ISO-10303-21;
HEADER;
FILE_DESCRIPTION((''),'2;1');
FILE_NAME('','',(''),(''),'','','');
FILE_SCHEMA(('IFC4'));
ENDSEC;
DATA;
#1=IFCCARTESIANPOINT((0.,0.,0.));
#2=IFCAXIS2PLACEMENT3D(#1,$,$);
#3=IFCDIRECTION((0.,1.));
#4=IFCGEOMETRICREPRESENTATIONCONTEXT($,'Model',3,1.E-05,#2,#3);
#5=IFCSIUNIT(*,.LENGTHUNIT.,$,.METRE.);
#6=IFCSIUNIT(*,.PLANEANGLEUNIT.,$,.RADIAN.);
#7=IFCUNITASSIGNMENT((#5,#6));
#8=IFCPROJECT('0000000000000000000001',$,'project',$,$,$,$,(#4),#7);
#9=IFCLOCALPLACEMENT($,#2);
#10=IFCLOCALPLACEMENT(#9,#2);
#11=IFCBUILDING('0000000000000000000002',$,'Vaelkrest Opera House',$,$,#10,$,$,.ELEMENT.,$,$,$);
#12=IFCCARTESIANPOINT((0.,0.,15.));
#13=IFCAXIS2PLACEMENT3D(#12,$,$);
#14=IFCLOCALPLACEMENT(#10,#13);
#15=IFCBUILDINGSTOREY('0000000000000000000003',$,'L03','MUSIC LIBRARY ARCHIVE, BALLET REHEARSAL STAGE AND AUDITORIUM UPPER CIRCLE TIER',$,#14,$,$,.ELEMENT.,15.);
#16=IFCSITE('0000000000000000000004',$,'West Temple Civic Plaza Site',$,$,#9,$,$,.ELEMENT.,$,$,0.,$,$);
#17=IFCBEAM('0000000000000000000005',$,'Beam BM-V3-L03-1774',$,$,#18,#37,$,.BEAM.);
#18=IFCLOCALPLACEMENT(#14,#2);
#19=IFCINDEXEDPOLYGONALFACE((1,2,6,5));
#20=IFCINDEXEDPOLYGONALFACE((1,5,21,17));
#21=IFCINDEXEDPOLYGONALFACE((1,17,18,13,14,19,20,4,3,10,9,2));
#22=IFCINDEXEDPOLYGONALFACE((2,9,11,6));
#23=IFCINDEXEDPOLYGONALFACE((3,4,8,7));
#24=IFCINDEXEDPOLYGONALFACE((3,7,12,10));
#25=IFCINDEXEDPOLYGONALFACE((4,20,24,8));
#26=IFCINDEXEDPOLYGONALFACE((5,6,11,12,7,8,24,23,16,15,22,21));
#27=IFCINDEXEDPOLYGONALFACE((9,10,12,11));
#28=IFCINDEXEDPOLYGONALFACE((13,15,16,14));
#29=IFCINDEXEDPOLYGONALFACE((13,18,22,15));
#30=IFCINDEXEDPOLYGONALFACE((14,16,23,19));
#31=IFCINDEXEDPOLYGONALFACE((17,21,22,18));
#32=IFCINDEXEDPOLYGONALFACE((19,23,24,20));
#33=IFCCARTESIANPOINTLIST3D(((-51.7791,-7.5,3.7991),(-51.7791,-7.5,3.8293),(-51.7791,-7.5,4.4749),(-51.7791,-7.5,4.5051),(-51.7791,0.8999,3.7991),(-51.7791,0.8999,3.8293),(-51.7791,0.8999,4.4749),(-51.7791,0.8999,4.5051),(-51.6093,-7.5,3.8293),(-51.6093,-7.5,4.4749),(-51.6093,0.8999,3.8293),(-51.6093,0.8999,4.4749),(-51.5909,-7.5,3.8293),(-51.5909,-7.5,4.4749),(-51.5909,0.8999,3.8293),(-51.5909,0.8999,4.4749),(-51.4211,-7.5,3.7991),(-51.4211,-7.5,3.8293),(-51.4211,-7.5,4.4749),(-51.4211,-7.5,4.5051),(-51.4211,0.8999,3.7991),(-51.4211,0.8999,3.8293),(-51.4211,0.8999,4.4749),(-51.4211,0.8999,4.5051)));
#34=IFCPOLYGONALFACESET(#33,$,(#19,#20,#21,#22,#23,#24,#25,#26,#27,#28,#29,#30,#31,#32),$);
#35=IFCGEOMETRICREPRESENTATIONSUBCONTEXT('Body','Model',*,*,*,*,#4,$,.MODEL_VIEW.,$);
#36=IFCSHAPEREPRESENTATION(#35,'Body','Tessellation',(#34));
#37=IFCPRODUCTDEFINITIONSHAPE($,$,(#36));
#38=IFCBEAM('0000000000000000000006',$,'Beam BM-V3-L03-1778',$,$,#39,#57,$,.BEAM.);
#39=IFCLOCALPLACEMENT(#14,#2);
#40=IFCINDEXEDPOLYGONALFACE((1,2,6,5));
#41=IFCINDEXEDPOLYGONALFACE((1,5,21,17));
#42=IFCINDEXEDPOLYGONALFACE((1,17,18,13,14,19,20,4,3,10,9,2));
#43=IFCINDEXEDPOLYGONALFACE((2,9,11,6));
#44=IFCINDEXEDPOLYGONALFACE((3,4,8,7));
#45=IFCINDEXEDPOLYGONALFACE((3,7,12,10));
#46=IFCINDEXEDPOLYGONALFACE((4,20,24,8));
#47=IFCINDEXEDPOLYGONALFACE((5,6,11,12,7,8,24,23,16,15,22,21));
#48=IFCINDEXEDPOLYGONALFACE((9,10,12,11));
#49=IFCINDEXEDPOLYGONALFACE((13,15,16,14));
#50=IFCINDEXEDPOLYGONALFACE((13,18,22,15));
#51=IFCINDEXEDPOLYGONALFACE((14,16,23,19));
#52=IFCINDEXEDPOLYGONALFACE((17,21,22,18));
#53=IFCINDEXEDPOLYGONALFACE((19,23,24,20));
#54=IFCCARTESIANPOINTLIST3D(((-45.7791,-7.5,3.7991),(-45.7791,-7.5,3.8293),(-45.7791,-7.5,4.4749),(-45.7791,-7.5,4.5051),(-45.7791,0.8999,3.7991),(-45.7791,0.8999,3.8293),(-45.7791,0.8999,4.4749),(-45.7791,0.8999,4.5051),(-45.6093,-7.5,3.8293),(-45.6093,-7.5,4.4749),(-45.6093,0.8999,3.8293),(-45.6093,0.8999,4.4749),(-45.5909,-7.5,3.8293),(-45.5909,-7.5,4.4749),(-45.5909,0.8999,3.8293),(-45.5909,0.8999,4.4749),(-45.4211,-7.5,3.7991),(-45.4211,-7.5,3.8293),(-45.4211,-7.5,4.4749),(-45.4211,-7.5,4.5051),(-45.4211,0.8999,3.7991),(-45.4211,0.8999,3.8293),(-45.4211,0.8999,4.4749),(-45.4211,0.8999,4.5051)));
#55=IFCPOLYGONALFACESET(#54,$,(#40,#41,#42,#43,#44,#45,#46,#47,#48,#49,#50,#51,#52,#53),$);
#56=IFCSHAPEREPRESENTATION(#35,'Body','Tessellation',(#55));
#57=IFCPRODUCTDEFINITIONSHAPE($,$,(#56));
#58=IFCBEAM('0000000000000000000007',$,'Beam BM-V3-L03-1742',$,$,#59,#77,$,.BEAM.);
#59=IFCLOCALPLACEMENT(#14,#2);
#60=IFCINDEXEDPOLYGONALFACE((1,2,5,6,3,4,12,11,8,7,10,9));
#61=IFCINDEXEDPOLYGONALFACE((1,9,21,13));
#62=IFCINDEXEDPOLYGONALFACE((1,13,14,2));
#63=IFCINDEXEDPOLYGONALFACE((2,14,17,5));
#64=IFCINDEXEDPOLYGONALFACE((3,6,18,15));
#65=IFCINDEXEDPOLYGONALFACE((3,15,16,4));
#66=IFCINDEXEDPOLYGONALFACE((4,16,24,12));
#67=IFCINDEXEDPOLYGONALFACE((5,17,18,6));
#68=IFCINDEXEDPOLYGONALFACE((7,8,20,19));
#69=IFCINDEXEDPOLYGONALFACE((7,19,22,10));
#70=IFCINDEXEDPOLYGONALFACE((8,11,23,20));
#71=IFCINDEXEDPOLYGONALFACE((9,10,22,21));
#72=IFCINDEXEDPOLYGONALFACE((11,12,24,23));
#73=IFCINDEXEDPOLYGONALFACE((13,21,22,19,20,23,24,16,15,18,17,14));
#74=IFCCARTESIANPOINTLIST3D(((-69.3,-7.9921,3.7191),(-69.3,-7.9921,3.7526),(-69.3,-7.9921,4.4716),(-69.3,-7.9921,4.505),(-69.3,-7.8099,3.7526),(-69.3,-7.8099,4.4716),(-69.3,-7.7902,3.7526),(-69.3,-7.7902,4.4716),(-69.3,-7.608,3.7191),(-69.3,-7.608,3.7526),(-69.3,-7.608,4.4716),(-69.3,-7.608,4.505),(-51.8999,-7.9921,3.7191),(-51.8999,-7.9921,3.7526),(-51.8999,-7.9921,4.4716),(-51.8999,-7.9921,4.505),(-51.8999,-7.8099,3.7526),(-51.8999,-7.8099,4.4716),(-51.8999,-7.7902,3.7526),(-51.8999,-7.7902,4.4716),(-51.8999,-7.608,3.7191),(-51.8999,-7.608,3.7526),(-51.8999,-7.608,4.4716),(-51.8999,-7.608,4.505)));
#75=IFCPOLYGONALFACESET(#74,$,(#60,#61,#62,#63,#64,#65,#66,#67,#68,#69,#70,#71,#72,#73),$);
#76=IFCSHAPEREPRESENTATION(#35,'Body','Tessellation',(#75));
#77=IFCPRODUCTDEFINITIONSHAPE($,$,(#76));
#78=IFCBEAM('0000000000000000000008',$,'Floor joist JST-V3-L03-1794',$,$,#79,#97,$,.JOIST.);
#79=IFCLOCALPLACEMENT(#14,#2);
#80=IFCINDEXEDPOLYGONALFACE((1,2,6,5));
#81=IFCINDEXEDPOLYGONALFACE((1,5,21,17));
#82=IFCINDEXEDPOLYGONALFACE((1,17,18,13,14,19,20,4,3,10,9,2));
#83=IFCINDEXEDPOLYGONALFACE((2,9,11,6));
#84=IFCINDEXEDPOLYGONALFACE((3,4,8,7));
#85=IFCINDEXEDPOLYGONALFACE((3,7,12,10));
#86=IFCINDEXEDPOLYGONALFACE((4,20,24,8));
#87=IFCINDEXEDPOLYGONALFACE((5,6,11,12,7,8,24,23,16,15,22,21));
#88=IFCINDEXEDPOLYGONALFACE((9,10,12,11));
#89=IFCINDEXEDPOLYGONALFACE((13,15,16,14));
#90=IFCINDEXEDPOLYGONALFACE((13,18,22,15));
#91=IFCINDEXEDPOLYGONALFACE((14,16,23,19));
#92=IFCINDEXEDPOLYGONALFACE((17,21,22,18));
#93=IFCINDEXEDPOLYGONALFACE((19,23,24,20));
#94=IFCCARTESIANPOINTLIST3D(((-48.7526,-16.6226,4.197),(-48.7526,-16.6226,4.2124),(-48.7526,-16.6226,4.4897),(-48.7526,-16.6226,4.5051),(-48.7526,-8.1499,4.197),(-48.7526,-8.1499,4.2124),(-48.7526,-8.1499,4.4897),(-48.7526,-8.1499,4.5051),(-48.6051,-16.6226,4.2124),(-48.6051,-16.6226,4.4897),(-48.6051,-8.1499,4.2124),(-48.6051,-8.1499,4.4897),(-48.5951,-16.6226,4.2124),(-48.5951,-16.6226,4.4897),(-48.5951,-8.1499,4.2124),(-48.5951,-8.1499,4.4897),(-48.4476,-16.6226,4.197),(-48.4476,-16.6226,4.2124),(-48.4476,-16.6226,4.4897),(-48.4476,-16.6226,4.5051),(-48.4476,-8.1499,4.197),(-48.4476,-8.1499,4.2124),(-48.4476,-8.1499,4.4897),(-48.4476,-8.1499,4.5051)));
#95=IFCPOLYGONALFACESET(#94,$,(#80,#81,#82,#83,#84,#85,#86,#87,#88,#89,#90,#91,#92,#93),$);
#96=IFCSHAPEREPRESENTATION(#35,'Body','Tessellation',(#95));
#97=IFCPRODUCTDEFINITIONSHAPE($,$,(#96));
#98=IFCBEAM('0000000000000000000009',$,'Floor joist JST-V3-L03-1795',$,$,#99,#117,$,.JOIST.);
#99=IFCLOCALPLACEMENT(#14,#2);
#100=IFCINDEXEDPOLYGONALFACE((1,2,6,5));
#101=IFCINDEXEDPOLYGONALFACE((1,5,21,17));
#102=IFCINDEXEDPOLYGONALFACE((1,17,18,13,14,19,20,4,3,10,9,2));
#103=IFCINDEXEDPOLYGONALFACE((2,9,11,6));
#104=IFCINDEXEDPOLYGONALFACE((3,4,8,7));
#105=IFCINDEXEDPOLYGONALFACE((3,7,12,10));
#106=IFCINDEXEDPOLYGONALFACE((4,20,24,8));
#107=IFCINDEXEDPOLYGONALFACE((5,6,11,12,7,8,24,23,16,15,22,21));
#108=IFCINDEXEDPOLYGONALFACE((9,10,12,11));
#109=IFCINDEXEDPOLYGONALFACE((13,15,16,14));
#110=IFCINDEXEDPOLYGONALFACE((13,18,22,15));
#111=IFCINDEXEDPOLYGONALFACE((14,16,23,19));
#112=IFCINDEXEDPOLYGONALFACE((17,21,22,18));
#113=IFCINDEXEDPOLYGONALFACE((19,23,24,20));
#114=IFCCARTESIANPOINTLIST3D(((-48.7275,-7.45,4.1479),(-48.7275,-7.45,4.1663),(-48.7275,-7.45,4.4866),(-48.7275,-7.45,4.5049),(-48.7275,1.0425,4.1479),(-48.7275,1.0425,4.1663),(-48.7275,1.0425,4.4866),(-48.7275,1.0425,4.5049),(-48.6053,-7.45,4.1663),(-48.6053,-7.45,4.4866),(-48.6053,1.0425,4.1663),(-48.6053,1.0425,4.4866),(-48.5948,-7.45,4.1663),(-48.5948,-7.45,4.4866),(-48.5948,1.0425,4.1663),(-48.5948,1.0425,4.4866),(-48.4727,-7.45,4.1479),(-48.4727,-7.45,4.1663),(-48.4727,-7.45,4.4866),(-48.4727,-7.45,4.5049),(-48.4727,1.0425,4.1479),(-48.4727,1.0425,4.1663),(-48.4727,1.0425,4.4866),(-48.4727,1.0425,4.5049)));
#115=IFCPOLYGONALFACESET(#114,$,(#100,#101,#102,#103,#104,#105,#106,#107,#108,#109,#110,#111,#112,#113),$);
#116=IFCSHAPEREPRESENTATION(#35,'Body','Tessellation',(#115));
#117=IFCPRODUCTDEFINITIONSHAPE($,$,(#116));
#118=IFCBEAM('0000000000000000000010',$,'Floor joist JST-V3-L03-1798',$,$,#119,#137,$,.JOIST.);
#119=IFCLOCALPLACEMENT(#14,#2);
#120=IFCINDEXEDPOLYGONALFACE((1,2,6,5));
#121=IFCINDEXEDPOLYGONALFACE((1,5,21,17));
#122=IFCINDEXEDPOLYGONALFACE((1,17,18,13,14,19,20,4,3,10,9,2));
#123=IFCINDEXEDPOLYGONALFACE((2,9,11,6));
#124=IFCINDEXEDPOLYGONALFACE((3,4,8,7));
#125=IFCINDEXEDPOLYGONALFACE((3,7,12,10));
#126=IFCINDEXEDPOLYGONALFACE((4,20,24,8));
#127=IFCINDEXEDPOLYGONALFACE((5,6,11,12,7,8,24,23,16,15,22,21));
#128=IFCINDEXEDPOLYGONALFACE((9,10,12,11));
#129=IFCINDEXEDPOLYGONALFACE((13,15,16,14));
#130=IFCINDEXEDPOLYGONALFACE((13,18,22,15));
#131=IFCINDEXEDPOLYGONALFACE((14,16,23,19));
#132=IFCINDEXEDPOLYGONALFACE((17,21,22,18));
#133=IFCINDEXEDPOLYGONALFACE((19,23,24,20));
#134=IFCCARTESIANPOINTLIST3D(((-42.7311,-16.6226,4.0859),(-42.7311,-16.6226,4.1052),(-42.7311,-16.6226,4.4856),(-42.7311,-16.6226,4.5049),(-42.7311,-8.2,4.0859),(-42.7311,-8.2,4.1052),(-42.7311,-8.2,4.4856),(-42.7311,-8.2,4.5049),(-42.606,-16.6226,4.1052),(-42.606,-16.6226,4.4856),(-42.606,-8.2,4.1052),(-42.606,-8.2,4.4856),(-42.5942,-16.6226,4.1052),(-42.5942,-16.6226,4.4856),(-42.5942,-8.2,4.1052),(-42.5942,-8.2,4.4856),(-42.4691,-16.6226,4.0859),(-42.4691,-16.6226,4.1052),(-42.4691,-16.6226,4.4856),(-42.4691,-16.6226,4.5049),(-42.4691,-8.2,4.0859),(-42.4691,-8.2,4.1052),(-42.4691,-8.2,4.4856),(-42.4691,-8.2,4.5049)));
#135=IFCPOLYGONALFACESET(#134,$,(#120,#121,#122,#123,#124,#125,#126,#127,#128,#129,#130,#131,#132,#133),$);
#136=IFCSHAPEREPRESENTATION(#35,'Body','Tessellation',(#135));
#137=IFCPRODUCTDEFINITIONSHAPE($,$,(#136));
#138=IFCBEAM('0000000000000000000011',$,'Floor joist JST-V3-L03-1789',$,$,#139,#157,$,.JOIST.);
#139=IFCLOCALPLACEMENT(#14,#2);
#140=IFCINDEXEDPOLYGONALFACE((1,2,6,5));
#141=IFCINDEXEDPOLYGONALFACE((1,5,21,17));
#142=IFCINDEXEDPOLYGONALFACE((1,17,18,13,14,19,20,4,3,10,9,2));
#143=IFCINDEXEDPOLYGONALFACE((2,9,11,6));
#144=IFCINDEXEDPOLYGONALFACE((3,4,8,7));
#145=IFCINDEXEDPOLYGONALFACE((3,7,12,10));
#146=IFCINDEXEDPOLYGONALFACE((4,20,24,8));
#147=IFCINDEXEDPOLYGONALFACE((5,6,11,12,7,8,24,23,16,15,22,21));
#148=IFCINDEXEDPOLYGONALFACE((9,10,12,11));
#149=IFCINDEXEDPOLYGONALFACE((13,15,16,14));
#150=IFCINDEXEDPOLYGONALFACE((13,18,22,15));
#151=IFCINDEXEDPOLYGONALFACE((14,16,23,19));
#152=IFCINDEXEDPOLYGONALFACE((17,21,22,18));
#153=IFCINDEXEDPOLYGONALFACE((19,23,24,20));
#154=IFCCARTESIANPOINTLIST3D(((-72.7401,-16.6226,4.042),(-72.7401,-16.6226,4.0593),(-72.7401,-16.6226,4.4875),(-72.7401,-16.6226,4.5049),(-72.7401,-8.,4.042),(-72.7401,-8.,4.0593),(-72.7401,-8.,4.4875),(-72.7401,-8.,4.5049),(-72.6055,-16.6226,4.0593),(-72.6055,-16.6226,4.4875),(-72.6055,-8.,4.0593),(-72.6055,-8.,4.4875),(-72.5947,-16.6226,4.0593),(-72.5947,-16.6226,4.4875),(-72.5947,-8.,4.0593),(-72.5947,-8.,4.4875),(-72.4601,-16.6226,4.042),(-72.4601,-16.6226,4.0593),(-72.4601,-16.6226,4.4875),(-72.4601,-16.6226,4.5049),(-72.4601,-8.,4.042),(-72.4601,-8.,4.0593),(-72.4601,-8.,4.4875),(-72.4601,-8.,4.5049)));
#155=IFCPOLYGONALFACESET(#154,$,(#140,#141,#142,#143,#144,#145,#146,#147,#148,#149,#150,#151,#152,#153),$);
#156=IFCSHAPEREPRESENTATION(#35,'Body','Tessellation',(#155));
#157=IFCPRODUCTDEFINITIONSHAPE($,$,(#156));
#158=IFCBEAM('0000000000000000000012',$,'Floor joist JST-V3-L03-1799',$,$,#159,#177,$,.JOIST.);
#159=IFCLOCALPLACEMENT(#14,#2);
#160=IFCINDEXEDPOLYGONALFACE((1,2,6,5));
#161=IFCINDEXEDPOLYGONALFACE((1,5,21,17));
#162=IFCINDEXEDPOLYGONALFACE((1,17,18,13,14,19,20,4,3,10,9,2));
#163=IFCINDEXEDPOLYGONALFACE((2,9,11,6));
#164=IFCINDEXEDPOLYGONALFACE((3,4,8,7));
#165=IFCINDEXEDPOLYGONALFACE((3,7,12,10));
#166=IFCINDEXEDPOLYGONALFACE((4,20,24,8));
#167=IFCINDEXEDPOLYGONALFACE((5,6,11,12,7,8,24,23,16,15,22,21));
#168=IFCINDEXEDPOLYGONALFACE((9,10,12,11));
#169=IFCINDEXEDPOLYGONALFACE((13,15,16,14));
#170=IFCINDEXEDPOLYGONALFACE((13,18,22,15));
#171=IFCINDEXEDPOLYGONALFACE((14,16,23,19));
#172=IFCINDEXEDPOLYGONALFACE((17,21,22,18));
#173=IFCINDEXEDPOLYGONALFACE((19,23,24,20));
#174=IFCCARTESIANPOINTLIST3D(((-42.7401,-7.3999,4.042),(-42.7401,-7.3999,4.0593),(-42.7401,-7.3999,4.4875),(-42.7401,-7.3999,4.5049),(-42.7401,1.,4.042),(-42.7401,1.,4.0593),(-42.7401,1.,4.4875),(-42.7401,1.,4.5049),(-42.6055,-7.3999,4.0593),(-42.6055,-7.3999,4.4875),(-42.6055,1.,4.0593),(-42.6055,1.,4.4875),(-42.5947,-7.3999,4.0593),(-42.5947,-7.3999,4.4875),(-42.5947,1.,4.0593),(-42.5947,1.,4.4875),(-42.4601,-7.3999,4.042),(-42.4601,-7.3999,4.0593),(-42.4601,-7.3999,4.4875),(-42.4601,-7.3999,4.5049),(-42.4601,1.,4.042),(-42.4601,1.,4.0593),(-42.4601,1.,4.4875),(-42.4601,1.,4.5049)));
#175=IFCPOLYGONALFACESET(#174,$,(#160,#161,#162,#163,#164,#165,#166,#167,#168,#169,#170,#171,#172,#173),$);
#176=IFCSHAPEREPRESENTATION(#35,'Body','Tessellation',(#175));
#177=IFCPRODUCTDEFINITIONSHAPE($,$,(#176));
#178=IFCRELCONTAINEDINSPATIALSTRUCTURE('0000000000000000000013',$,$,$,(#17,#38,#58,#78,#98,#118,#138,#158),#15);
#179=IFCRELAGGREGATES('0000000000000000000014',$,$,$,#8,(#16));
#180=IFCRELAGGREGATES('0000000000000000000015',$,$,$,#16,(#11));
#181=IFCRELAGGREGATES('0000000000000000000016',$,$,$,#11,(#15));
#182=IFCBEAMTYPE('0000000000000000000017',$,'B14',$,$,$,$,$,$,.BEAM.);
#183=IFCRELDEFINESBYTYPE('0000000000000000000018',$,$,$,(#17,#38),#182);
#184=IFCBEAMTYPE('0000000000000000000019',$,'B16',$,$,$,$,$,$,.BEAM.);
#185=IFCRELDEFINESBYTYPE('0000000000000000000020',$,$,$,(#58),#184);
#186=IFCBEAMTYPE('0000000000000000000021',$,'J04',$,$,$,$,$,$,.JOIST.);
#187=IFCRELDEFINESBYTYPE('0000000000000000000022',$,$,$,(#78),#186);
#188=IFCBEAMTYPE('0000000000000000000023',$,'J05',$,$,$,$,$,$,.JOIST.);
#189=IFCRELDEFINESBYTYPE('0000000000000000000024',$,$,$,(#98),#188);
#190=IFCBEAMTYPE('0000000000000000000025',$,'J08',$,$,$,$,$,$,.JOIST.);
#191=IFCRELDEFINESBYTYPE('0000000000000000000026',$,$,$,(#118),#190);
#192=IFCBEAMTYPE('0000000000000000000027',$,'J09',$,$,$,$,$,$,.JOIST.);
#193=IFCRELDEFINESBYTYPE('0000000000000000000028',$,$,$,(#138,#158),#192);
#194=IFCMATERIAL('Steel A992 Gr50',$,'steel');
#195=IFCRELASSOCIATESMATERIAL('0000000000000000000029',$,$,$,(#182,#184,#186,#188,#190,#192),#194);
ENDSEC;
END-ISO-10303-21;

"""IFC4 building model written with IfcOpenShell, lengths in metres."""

from ifc_helpers import new_model, si_unit, direction, frame, origin, origin_2d, place, context, subcontext, project, spatial, i_section, extrude, material, material_profile, profile_set, type_object, element, save


model = new_model("IFC4")

# Units and contexts
model_context = context("Model", 3, precision=1e-05, world=origin(), true_north=direction((0.0, 1.0)))
body_context = subcontext(model_context, "Body", "Model", "MODEL_VIEW")
ifc_project = project(units=[si_unit("LENGTHUNIT", "METRE"), si_unit("PLANEANGLEUNIT", "RADIAN")], contexts=[model_context])

# Site, building, storey
site_placement = place(None, origin())
site = spatial("IfcSite", under=ifc_project, at=site_placement, Name="West Temple Civic Plaza Site", CompositionType="ELEMENT", RefElevation=0.0)
building_placement = place(site_placement, origin())
building = spatial("IfcBuilding", under=site, at=building_placement, Name="Vaelkrest Opera House", CompositionType="ELEMENT")
storey_placement = place(building_placement, frame((0.0, 0.0, 15.0)))
storey = spatial("IfcBuildingStorey", under=building, at=storey_placement, Name="L03", Description="MUSIC LIBRARY ARCHIVE, BALLET REHEARSAL STAGE AND AUDITORIUM UPPER CIRCLE TIER", CompositionType="ELEMENT", Elevation=15.0)

# Beams
ifc_material_1 = material(Name="Steel A992 Gr50", Category="steel")
ifc_material_profile_1 = material_profile(ifc_material_1, i_section(OverallWidth=0.3579, OverallDepth=0.7061, WebThickness=0.0183, FlangeThickness=0.0303, at=origin_2d()), Name="W27X178")
ifc_profile_set_1 = profile_set([ifc_material_profile_1], Name="Steel A992 Gr50")
beam_type_1 = type_object("IfcBeamType", Name="B14", PredefinedType="BEAM", material=ifc_profile_set_1)
for number, where, z_axis, x_axis, name in (
    (1, (-51.6001, -7.5, 4.1521), (0.0, 1.0, 0.0), (-1.0, 0.0, 0.0), "Beam BM-V3-L03-1774"),
    (2, (-45.6001, -7.5, 4.1521), (0.0, 1.0, 0.0), (-1.0, 0.0, 0.0), "Beam BM-V3-L03-1778"),
):
    element("IfcBeam", number, at=place(storey_placement, frame(where, z_axis=z_axis, x_axis=x_axis)), inside=storey, type_object=beam_type_1, Name=name, PredefinedType="BEAM", context=body_context, shape_type="SweptSolid", body=[
        extrude(i_section(OverallWidth=0.3579, OverallDepth=0.7061, WebThickness=0.0183, FlangeThickness=0.0303, at=origin_2d()), origin(), (0.0, 0.0, 1.0), 8.3999),
    ])
ifc_material_profile_2 = material_profile(ifc_material_1, i_section(OverallWidth=0.384, OverallDepth=0.7859, WebThickness=0.0198, FlangeThickness=0.0334, at=origin_2d()), Name="W30X211")
ifc_profile_set_2 = profile_set([ifc_material_profile_2], Name="Steel A992 Gr50")
beam_type_2 = type_object("IfcBeamType", Name="B16", PredefinedType="BEAM", material=ifc_profile_set_2)
beam_1_placement = place(storey_placement, frame((-69.3, -7.8, 4.1121), z_axis=(1.0, 0.0, 0.0), x_axis=(0.0, 1.0, 0.0)))
element("IfcBeam", 3, at=beam_1_placement, inside=storey, type_object=beam_type_2, Name="Beam BM-V3-L03-1742", PredefinedType="BEAM", context=body_context, shape_type="SweptSolid", body=[
    extrude(i_section(OverallWidth=0.384, OverallDepth=0.7859, WebThickness=0.0198, FlangeThickness=0.0334, at=origin_2d()), origin(), (0.0, 0.0, 1.0), 17.4001),
])
ifc_material_profile_3 = material_profile(ifc_material_1, i_section(OverallWidth=0.3049, OverallDepth=0.3081, WebThickness=0.01, FlangeThickness=0.0154, at=origin_2d()), Name="W12X65")
ifc_profile_set_3 = profile_set([ifc_material_profile_3], Name="Steel A992 Gr50")
beam_type_3 = type_object("IfcBeamType", Name="J04", PredefinedType="JOIST", material=ifc_profile_set_3)
beam_2_placement = place(storey_placement, frame((-48.6001, -16.6226, 4.3511), z_axis=(0.0, 1.0, 0.0), x_axis=(-1.0, 0.0, 0.0)))
element("IfcBeam", 4, at=beam_2_placement, inside=storey, type_object=beam_type_3, Name="Floor joist JST-V3-L03-1794", PredefinedType="JOIST", context=body_context, shape_type="SweptSolid", body=[
    extrude(i_section(OverallWidth=0.3049, OverallDepth=0.3081, WebThickness=0.01, FlangeThickness=0.0154, at=origin_2d()), origin(), (0.0, 0.0, 1.0), 8.4727),
])
ifc_material_profile_4 = material_profile(ifc_material_1, i_section(OverallWidth=0.2549, OverallDepth=0.3569, WebThickness=0.0105, FlangeThickness=0.0183, at=origin_2d()), Name="W14X68")
ifc_profile_set_4 = profile_set([ifc_material_profile_4], Name="Steel A992 Gr50")
beam_type_4 = type_object("IfcBeamType", Name="J05", PredefinedType="JOIST", material=ifc_profile_set_4)
beam_3_placement = place(storey_placement, frame((-48.6001, -7.45, 4.3264), z_axis=(0.0, 1.0, 0.0), x_axis=(-1.0, 0.0, 0.0)))
element("IfcBeam", 5, at=beam_3_placement, inside=storey, type_object=beam_type_4, Name="Floor joist JST-V3-L03-1795", PredefinedType="JOIST", context=body_context, shape_type="SweptSolid", body=[
    extrude(i_section(OverallWidth=0.2549, OverallDepth=0.3569, WebThickness=0.0105, FlangeThickness=0.0183, at=origin_2d()), origin(), (0.0, 0.0, 1.0), 8.4924),
])
ifc_material_profile_5 = material_profile(ifc_material_1, i_section(OverallWidth=0.262, OverallDepth=0.4189, WebThickness=0.0117, FlangeThickness=0.0193, at=origin_2d()), Name="W16X77")
ifc_profile_set_5 = profile_set([ifc_material_profile_5], Name="Steel A992 Gr50")
beam_type_5 = type_object("IfcBeamType", Name="J08", PredefinedType="JOIST", material=ifc_profile_set_5)
beam_4_placement = place(storey_placement, frame((-42.6001, -16.6226, 4.2954), z_axis=(0.0, 1.0, 0.0), x_axis=(-1.0, 0.0, 0.0)))
element("IfcBeam", 6, at=beam_4_placement, inside=storey, type_object=beam_type_5, Name="Floor joist JST-V3-L03-1798", PredefinedType="JOIST", context=body_context, shape_type="SweptSolid", body=[
    extrude(i_section(OverallWidth=0.262, OverallDepth=0.4189, WebThickness=0.0117, FlangeThickness=0.0193, at=origin_2d()), origin(), (0.0, 0.0, 1.0), 8.4226),
])
ifc_material_profile_6 = material_profile(ifc_material_1, i_section(OverallWidth=0.28, OverallDepth=0.4629, WebThickness=0.0107, FlangeThickness=0.0173, at=origin_2d()), Name="W18X76")
ifc_profile_set_6 = profile_set([ifc_material_profile_6], Name="Steel A992 Gr50")
beam_type_6 = type_object("IfcBeamType", Name="J09", PredefinedType="JOIST", material=ifc_profile_set_6)
beam_5_placement = place(storey_placement, frame((-72.6001, -16.6226, 4.2734), z_axis=(0.0, 1.0, 0.0), x_axis=(-1.0, 0.0, 0.0)))
element("IfcBeam", 7, at=beam_5_placement, inside=storey, type_object=beam_type_6, Name="Floor joist JST-V3-L03-1789", PredefinedType="JOIST", context=body_context, shape_type="SweptSolid", body=[
    extrude(i_section(OverallWidth=0.28, OverallDepth=0.4629, WebThickness=0.0107, FlangeThickness=0.0173, at=origin_2d()), origin(), (0.0, 0.0, 1.0), 8.6226),
])
beam_6_placement = place(storey_placement, frame((-42.6001, -7.3999, 4.2734), z_axis=(0.0, 1.0, 0.0), x_axis=(-1.0, 0.0, 0.0)))
element("IfcBeam", 8, at=beam_6_placement, inside=storey, type_object=beam_type_6, Name="Floor joist JST-V3-L03-1799", PredefinedType="JOIST", context=body_context, shape_type="SweptSolid", body=[
    extrude(i_section(OverallWidth=0.28, OverallDepth=0.4629, WebThickness=0.0107, FlangeThickness=0.0173, at=origin_2d()), origin(), (0.0, 0.0, 1.0), 8.3999),
])

save(model, "model.ifc")
